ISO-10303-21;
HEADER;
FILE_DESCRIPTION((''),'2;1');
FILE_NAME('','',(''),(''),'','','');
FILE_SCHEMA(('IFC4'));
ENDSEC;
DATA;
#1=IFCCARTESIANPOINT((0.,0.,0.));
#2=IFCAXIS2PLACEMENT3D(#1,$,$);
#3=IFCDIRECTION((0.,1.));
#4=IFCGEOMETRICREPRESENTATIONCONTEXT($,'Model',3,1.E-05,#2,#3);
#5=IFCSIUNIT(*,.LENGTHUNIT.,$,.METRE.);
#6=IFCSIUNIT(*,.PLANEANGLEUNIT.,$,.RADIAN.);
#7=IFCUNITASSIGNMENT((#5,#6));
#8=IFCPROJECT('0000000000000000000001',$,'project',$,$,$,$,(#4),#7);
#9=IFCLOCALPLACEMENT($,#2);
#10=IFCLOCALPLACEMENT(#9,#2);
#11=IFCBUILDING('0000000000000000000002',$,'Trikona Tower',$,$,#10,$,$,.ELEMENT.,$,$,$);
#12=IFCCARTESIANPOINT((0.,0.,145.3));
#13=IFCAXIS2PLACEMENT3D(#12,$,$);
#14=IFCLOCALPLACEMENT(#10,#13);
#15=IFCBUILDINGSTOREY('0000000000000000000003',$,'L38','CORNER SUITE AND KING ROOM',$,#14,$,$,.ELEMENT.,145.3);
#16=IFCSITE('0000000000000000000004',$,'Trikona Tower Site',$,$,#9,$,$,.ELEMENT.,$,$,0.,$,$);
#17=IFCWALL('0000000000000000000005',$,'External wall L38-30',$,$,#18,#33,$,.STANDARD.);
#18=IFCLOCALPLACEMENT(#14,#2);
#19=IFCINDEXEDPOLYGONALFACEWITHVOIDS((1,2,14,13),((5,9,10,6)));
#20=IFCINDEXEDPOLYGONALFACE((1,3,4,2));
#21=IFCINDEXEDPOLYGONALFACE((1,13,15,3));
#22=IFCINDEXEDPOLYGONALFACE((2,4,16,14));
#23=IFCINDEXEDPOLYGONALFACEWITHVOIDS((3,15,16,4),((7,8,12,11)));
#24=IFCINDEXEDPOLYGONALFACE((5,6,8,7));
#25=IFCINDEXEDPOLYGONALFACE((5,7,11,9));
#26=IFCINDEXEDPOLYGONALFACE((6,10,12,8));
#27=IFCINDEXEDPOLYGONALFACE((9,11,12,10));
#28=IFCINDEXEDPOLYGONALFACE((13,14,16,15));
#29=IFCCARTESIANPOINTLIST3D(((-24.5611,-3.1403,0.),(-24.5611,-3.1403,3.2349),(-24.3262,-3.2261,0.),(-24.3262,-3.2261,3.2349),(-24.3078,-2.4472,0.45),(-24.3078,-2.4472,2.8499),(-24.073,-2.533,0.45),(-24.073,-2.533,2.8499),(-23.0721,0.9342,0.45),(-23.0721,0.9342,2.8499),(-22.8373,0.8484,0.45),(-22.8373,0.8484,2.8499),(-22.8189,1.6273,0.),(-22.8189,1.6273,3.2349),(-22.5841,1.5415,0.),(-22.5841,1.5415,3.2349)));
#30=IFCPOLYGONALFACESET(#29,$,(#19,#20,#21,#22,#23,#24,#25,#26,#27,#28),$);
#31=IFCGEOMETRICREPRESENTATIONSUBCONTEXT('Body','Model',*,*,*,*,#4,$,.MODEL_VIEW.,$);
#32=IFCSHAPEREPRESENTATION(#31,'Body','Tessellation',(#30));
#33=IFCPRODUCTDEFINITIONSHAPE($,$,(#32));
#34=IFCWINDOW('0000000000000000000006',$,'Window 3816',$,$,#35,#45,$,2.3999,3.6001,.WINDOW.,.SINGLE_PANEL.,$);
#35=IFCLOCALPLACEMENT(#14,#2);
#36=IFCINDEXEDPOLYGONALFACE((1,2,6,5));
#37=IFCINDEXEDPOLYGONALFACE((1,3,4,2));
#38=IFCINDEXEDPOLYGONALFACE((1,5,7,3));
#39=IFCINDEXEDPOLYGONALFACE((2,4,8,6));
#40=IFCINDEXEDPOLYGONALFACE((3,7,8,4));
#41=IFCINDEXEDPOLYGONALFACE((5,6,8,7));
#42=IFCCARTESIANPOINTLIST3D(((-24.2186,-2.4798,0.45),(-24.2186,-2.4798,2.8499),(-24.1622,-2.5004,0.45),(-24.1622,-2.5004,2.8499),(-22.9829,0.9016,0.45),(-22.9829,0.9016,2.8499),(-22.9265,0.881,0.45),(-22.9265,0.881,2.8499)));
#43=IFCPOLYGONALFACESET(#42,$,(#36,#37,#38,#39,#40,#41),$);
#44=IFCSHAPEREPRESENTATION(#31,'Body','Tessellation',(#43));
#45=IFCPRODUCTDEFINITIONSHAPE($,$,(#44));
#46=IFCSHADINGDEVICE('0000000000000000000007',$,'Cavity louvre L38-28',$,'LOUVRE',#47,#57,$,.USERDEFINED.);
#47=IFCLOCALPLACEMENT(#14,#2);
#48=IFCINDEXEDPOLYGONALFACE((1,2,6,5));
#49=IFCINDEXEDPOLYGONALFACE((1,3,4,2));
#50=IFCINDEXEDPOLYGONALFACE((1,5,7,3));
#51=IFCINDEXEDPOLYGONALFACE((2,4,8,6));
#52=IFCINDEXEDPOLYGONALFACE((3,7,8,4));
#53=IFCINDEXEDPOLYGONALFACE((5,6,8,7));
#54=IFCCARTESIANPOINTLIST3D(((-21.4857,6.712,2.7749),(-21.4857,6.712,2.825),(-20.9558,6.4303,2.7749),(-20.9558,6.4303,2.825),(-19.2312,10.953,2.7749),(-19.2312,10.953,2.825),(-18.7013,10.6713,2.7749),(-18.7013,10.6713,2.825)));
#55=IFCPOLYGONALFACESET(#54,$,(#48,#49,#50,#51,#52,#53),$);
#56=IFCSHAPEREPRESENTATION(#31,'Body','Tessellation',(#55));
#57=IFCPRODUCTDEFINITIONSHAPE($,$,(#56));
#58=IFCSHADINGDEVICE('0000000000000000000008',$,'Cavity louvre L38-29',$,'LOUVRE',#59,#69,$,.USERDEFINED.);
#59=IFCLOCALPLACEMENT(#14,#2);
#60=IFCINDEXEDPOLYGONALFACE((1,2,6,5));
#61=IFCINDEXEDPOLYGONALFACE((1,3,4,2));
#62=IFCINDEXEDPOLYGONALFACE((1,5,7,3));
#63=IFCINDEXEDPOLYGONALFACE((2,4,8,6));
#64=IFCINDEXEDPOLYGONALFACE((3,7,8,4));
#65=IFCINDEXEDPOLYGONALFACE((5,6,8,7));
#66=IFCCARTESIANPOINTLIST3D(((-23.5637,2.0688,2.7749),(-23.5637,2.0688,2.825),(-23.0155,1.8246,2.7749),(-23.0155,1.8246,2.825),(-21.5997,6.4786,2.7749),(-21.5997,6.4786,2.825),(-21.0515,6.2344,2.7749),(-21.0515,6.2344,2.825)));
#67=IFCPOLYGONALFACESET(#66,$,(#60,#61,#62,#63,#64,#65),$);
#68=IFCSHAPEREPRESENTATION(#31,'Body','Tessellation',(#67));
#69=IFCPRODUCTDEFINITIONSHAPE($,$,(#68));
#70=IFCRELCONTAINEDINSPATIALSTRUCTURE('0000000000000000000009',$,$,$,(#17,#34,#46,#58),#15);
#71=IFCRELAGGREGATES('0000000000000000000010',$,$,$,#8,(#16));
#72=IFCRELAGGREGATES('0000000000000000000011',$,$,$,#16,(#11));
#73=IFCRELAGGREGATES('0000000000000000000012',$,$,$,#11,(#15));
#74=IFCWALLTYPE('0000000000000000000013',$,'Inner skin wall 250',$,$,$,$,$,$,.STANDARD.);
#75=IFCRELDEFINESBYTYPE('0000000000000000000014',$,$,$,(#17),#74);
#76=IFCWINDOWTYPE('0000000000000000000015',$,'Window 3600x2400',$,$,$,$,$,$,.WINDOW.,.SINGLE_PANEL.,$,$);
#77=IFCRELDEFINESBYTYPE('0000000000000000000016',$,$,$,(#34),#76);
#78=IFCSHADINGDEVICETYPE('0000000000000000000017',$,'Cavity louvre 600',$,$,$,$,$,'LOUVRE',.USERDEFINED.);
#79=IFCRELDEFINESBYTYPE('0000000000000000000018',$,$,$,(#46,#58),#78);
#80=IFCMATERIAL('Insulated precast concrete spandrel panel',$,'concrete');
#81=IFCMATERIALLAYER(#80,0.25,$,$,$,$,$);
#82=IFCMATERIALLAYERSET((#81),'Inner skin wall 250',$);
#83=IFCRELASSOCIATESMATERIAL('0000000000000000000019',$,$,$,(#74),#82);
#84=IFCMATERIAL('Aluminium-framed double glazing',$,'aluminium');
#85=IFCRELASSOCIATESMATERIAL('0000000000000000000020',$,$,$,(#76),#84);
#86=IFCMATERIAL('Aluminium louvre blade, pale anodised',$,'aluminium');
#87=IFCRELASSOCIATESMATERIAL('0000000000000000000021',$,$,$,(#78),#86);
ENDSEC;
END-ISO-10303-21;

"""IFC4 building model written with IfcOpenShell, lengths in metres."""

from ifc_helpers import new_model, si_unit, direction, frame, frame_2d, origin, origin_2d, place, context, subcontext, project, spatial, rectangle, extrude, material, layer, layer_set, type_object, element, fill, save


model = new_model("IFC4")

# Units and contexts
model_context = context("Model", 3, precision=1e-05, world=origin(), true_north=direction((0.0, 1.0)))
body_context = subcontext(model_context, "Body", "Model", "MODEL_VIEW")
ifc_project = project(units=[si_unit("LENGTHUNIT", "METRE"), si_unit("PLANEANGLEUNIT", "RADIAN")], contexts=[model_context])

# Site, building, storey
site_placement = place(None, origin())
site = spatial("IfcSite", under=ifc_project, at=site_placement, Name="Trikona Tower Site", CompositionType="ELEMENT", RefElevation=0.0)
building_placement = place(site_placement, origin())
building = spatial("IfcBuilding", under=site, at=building_placement, Name="Trikona Tower", CompositionType="ELEMENT")
storey_placement = place(building_placement, frame((0.0, 0.0, 145.3)))
storey = spatial("IfcBuildingStorey", under=building, at=storey_placement, Name="L38", Description="CORNER SUITE AND KING ROOM", CompositionType="ELEMENT", Elevation=145.3)

# Wall, opening, window
ifc_material_1 = material(Name="Insulated precast concrete spandrel panel", Category="concrete")
ifc_layer_1 = layer(ifc_material_1, 0.25)
ifc_layer_set_1 = layer_set([ifc_layer_1], Name="Inner skin wall 250")
wall_type = type_object("IfcWallType", Name="Inner skin wall 250", PredefinedType="STANDARD", material=ifc_layer_set_1)
ifc_material_2 = material(Name="Aluminium-framed double glazing", Category="aluminium")
window_type = type_object("IfcWindowType", Name="Window 3600x2400", PartitioningType="SINGLE_PANEL", PredefinedType="WINDOW", material=ifc_material_2)
wall_1_placement = place(storey_placement, frame((-22.7014, 1.5845, 0.0), z_axis=(0.0, 0.0, 1.0), x_axis=(-0.343226, -0.939253, 0.0)))
wall_1 = element("IfcWall", 1, at=wall_1_placement, inside=storey, type_object=wall_type, Name="External wall L38-30", PredefinedType="STANDARD", context=body_context, shape_type="SweptSolid", body=[
    extrude(rectangle(XDim=5.0759, YDim=0.25, at=frame_2d((2.5381, 0.0))), origin(), (0.0, 0.0, 1.0), 3.2349),
])
opening_1_placement = place(wall_1_placement, frame((0.738, 0.0, 0.45)))
opening_1 = element("IfcOpeningElement", 2, at=opening_1_placement, cuts=wall_1, PredefinedType="OPENING", context=body_context, shape_type="SweptSolid", body=[
    extrude(rectangle(XDim=3.6001, YDim=2.3999, at=frame_2d((1.8, 1.2))), frame((0.0, 0.135, 0.0), z_axis=(0.0, -1.0, 0.0), x_axis=(1.0, 0.0, 0.0)), (0.0, 0.0, 1.0), 0.27),
])
window_1_placement = place(opening_1_placement, origin())
window_1 = element("IfcWindow", 3, at=window_1_placement, inside=storey, type_object=window_type, Name="Window 3816", OverallHeight=2.3999, OverallWidth=3.6001, PartitioningType="SINGLE_PANEL", PredefinedType="WINDOW", context=body_context, shape_type="SweptSolid", body=[
    extrude(rectangle(XDim=3.6001, YDim=2.3999, at=frame_2d((1.8, 1.2))), frame((0.0, 0.03, 0.0), z_axis=(0.0, -1.0, 0.0), x_axis=(1.0, 0.0, 0.0)), (0.0, 0.0, 1.0), 0.0601),
])
fill(opening_1, window_1)

# Shading devices
ifc_material_3 = material(Name="Aluminium louvre blade, pale anodised", Category="aluminium")
shading_device_type = type_object("IfcShadingDeviceType", Name="Cavity louvre 600", ElementType="LOUVRE", PredefinedType="USERDEFINED", material=ifc_material_3)
shading_device_1_placement = place(storey_placement, frame((-20.0935, 8.6917, 2.7749), z_axis=(0.0, 0.0, 1.0), x_axis=(-0.469398, -0.882987, 0.0)))
element("IfcShadingDevice", 4, at=shading_device_1_placement, inside=storey, type_object=shading_device_type, Name="Cavity louvre L38-28", ObjectType="LOUVRE", PredefinedType="USERDEFINED", context=body_context, shape_type="SweptSolid", body=[
    extrude(rectangle(XDim=4.803, YDim=0.6001, at=origin_2d()), origin(), (0.0, 0.0, 1.0), 0.05),
])
shading_device_2_placement = place(storey_placement, frame((-22.3076, 4.1516, 2.7749), z_axis=(0.0, 0.0, 1.0), x_axis=(-0.406843, -0.913498, 0.0)))
element("IfcShadingDevice", 5, at=shading_device_2_placement, inside=storey, type_object=shading_device_type, Name="Cavity louvre L38-29", ObjectType="LOUVRE", PredefinedType="USERDEFINED", context=body_context, shape_type="SweptSolid", body=[
    extrude(rectangle(XDim=4.8274, YDim=0.6001, at=origin_2d()), origin(), (0.0, 0.0, 1.0), 0.05),
])

save(model, "model.ifc")
